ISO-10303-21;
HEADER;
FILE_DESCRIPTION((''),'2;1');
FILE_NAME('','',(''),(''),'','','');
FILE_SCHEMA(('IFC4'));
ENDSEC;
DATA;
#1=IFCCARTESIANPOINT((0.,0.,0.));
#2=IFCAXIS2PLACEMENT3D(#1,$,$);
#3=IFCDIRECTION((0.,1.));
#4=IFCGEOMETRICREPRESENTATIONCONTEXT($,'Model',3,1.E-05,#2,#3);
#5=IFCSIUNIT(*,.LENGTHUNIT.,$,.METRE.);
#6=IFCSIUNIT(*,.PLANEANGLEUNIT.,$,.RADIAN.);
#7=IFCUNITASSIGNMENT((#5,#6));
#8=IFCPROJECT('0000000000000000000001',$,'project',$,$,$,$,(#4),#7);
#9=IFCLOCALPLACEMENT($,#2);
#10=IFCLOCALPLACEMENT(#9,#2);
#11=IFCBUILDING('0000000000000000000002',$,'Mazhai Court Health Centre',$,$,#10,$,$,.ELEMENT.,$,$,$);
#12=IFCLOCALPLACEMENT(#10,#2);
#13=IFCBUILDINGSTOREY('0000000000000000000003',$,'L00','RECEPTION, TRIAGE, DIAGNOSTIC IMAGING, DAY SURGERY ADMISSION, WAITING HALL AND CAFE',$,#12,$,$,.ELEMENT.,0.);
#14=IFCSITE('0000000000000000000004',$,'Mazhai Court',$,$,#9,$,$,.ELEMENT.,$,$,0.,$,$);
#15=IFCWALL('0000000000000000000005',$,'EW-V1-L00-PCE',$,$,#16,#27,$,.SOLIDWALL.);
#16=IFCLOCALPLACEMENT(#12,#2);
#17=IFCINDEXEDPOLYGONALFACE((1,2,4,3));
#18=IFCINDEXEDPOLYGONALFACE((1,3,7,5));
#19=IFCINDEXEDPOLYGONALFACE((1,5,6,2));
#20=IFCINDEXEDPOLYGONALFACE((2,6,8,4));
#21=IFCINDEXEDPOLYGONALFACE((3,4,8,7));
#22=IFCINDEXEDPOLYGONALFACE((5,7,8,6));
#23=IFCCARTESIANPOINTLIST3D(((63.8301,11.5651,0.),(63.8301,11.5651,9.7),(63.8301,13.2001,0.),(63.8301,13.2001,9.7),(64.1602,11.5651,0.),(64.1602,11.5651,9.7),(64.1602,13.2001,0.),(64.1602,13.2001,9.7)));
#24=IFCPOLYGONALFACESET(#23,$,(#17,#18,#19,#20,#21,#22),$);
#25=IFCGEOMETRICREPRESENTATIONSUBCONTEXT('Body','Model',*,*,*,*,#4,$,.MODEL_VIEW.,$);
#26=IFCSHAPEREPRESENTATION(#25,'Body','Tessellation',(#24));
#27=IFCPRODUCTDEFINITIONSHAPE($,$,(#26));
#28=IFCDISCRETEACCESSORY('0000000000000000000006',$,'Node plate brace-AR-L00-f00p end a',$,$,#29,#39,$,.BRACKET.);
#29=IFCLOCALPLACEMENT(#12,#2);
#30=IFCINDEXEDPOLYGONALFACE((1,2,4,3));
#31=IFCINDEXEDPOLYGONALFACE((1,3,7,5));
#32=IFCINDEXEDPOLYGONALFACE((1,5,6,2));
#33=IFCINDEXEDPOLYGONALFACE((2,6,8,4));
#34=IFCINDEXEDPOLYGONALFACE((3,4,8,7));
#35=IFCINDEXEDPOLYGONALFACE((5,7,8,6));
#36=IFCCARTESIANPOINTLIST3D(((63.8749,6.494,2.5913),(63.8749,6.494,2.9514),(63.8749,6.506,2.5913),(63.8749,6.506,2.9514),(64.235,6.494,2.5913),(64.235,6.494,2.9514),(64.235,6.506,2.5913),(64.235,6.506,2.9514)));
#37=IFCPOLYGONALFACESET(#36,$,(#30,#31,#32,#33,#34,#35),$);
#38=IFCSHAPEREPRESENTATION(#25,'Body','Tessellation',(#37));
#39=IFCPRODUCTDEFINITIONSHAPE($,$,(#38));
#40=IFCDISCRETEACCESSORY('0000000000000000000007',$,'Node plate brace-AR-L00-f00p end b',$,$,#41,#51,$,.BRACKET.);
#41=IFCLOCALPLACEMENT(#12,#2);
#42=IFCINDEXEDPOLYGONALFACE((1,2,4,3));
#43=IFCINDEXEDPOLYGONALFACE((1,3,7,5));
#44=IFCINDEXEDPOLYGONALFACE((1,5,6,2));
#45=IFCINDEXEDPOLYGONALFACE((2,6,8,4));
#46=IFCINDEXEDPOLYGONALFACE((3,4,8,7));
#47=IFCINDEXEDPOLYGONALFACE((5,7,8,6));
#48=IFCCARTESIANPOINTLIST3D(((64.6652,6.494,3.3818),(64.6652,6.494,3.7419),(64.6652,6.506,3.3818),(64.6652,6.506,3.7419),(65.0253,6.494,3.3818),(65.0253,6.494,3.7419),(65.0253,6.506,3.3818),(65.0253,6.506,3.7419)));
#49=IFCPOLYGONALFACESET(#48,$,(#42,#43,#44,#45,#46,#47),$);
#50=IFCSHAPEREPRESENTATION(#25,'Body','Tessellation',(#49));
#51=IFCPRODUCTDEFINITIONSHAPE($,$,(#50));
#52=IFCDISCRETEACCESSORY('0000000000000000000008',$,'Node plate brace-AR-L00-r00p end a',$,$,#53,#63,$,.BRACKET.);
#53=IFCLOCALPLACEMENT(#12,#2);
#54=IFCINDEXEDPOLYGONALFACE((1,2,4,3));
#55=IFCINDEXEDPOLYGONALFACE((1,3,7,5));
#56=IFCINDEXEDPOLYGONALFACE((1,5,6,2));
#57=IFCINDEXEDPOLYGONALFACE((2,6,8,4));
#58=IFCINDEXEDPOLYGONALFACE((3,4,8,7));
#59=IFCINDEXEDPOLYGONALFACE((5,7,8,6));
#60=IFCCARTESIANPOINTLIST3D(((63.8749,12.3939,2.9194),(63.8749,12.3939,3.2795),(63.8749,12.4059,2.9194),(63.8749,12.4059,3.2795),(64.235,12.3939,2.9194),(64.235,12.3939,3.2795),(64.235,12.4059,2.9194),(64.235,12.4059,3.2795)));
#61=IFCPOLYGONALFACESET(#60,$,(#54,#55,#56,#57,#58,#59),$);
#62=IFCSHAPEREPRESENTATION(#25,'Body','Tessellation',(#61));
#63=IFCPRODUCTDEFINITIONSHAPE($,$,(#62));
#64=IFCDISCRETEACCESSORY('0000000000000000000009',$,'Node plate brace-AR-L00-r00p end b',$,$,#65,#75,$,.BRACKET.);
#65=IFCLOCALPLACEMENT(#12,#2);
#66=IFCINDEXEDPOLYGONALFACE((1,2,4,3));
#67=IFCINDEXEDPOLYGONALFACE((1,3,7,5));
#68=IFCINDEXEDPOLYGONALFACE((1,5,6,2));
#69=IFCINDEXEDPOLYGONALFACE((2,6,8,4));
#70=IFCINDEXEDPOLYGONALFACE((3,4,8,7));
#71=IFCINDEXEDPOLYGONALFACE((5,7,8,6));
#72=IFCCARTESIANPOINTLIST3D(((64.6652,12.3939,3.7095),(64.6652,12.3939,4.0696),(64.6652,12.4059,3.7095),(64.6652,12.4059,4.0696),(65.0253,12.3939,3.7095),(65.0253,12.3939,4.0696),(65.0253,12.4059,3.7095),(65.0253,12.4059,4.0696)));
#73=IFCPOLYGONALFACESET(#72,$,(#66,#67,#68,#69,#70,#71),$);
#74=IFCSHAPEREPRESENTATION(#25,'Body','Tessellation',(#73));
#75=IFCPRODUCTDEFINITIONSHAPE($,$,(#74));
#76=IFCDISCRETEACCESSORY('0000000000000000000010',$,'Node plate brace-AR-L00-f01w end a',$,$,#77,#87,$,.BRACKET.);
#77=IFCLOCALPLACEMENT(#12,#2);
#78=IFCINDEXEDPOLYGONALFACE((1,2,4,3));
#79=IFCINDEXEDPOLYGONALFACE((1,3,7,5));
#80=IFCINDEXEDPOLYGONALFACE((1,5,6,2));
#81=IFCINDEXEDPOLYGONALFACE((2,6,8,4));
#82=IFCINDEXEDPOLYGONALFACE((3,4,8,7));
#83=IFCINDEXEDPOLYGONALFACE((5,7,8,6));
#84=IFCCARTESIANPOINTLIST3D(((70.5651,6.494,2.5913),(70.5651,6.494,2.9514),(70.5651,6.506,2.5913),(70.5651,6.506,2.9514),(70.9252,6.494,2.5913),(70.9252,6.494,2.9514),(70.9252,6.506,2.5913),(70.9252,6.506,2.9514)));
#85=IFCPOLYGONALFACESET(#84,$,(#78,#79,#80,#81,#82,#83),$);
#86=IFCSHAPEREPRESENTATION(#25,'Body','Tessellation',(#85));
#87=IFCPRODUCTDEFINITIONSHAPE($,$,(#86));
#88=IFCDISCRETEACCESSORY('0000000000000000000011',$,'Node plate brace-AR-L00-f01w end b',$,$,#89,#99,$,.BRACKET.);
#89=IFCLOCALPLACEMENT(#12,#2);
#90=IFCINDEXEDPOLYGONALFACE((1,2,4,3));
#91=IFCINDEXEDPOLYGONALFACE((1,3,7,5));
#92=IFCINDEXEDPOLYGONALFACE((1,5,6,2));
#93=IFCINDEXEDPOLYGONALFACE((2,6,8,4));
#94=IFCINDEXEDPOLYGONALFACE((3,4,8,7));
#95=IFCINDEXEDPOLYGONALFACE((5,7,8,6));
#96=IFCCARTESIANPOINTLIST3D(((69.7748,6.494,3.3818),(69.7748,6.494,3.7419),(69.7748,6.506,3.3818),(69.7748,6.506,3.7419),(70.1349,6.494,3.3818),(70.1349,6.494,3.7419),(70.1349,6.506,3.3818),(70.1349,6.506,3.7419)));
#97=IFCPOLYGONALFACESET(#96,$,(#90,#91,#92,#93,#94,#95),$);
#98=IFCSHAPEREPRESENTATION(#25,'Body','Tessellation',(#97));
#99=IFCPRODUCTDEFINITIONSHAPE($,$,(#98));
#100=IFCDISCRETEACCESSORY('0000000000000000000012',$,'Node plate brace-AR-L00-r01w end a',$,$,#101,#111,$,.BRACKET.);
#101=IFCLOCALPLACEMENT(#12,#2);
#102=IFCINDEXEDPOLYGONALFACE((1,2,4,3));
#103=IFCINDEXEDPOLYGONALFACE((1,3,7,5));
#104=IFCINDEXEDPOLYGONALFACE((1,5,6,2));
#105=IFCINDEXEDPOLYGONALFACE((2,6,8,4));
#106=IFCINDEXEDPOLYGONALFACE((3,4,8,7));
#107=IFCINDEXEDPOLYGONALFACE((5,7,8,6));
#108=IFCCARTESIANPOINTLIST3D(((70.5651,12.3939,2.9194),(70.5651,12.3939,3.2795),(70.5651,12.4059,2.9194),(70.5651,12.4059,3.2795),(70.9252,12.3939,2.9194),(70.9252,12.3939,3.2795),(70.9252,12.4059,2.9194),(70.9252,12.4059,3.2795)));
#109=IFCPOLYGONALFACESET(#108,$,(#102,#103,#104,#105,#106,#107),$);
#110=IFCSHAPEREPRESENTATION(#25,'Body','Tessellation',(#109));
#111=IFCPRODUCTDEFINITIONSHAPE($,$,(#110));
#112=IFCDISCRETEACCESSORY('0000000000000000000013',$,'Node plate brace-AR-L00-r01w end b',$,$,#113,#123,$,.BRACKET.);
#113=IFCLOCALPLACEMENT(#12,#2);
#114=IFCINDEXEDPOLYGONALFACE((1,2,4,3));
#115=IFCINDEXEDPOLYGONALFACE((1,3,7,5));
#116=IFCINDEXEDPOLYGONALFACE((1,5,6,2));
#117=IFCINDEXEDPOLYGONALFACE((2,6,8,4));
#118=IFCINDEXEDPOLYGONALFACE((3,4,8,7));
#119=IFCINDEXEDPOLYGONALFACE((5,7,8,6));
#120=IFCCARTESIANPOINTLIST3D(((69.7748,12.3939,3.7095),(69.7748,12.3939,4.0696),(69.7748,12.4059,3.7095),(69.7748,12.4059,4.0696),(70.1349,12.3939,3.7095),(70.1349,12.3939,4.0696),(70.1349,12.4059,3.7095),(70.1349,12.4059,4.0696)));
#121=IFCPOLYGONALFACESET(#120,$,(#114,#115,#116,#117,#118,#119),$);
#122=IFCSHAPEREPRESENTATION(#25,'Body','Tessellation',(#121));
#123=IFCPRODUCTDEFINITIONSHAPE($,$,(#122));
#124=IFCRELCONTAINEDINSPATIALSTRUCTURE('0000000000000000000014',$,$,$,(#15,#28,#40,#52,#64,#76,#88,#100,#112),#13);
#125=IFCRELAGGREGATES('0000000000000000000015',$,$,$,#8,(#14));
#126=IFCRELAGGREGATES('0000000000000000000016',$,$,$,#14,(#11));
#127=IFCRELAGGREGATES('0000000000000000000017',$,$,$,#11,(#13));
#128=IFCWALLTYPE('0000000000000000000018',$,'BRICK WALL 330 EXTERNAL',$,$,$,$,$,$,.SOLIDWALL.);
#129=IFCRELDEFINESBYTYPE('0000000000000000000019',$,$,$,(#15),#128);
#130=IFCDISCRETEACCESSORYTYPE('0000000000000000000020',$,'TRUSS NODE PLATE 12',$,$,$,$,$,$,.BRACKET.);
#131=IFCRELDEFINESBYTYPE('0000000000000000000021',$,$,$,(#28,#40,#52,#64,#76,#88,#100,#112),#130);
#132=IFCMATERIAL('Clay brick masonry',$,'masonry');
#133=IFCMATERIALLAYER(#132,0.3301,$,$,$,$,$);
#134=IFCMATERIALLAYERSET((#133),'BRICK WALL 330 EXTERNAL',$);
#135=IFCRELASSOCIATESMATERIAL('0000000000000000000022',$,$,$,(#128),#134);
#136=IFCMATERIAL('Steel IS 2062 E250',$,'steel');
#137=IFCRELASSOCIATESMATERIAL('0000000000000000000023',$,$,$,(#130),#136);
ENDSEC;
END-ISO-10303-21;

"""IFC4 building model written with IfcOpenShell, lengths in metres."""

from ifc_helpers import new_model, si_unit, direction, frame, frame_2d, origin, origin_2d, place, context, subcontext, project, spatial, rectangle, extrude, material, layer, layer_set, type_object, element, save


model = new_model("IFC4")

# Units and contexts
model_context = context("Model", 3, precision=1e-05, world=origin(), true_north=direction((0.0, 1.0)))
body_context = subcontext(model_context, "Body", "Model", "MODEL_VIEW")
ifc_project = project(units=[si_unit("LENGTHUNIT", "METRE"), si_unit("PLANEANGLEUNIT", "RADIAN")], contexts=[model_context])

# Site, building, storey
site_placement = place(None, origin())
site = spatial("IfcSite", under=ifc_project, at=site_placement, Name="Mazhai Court", CompositionType="ELEMENT", RefElevation=0.0)
building_placement = place(site_placement, origin())
building = spatial("IfcBuilding", under=site, at=building_placement, Name="Mazhai Court Health Centre", CompositionType="ELEMENT")
storey_placement = place(building_placement, origin())
storey = spatial("IfcBuildingStorey", under=building, at=storey_placement, Name="L00", Description="RECEPTION, TRIAGE, DIAGNOSTIC IMAGING, DAY SURGERY ADMISSION, WAITING HALL AND CAFE", CompositionType="ELEMENT", Elevation=0.0)

# Shared definitions
ifc_material_1 = material(Name="Clay brick masonry", Category="masonry")
ifc_layer = layer(ifc_material_1, 0.3301)
ifc_layer_set = layer_set([ifc_layer], Name="BRICK WALL 330 EXTERNAL")
wall_type = type_object("IfcWallType", Name="BRICK WALL 330 EXTERNAL", PredefinedType="SOLIDWALL", material=ifc_layer_set)

# Wall
wall_1_placement = place(storey_placement, frame((63.9951, 13.2, 0.0), z_axis=(0.0, 0.0, 1.0), x_axis=(0.0, -1.0, 0.0)))
element("IfcWall", 1, at=wall_1_placement, inside=storey, type_object=wall_type, Name="EW-V1-L00-PCE", PredefinedType="SOLIDWALL", context=body_context, shape_type="SweptSolid", body=[
    extrude(rectangle(XDim=1.635, YDim=0.3301, at=frame_2d((0.8174, 0.0))), origin(), (0.0, 0.0, 1.0), 9.7),
])

# Discrete accessories
ifc_material_2 = material(Name="Steel IS 2062 E250", Category="steel")
discrete_accessory_type = type_object("IfcDiscreteAccessoryType", Name="TRUSS NODE PLATE 12", PredefinedType="BRACKET", material=ifc_material_2)
for number, where, z_axis, x_axis, name in (
    (2, (64.0549, 6.5, 2.5913), (0.0, 0.0, 1.0), (1.0, 0.0, 0.0), "Node plate brace-AR-L00-f00p end a"),
    (3, (64.8452, 6.5, 3.3818), (0.0, 0.0, 1.0), (1.0, 0.0, 0.0), "Node plate brace-AR-L00-f00p end b"),
    (4, (64.0549, 12.3999, 2.9194), (0.0, 0.0, 1.0), (1.0, 0.0, 0.0), "Node plate brace-AR-L00-r00p end a"),
    (5, (64.8452, 12.3999, 3.7095), (0.0, 0.0, 1.0), (1.0, 0.0, 0.0), "Node plate brace-AR-L00-r00p end b"),
    (6, (70.7451, 6.5, 2.5913), (0.0, 0.0, 1.0), (1.0, 0.0, 0.0), "Node plate brace-AR-L00-f01w end a"),
    (7, (69.9548, 6.5, 3.3818), (0.0, 0.0, 1.0), (1.0, 0.0, 0.0), "Node plate brace-AR-L00-f01w end b"),
    (8, (70.7451, 12.3999, 2.9194), (0.0, 0.0, 1.0), (1.0, 0.0, 0.0), "Node plate brace-AR-L00-r01w end a"),
    (9, (69.9548, 12.3999, 3.7095), (0.0, 0.0, 1.0), (1.0, 0.0, 0.0), "Node plate brace-AR-L00-r01w end b"),
):
    element("IfcDiscreteAccessory", number, at=place(storey_placement, frame(where, z_axis=z_axis, x_axis=x_axis)), inside=storey, type_object=discrete_accessory_type, Name=name, PredefinedType="BRACKET", context=body_context, shape_type="SweptSolid", body=[
        extrude(rectangle(XDim=0.3601, YDim=0.012, at=origin_2d()), origin(), (0.0, 0.0, 1.0), 0.3601),
    ])

save(model, "model.ifc")
